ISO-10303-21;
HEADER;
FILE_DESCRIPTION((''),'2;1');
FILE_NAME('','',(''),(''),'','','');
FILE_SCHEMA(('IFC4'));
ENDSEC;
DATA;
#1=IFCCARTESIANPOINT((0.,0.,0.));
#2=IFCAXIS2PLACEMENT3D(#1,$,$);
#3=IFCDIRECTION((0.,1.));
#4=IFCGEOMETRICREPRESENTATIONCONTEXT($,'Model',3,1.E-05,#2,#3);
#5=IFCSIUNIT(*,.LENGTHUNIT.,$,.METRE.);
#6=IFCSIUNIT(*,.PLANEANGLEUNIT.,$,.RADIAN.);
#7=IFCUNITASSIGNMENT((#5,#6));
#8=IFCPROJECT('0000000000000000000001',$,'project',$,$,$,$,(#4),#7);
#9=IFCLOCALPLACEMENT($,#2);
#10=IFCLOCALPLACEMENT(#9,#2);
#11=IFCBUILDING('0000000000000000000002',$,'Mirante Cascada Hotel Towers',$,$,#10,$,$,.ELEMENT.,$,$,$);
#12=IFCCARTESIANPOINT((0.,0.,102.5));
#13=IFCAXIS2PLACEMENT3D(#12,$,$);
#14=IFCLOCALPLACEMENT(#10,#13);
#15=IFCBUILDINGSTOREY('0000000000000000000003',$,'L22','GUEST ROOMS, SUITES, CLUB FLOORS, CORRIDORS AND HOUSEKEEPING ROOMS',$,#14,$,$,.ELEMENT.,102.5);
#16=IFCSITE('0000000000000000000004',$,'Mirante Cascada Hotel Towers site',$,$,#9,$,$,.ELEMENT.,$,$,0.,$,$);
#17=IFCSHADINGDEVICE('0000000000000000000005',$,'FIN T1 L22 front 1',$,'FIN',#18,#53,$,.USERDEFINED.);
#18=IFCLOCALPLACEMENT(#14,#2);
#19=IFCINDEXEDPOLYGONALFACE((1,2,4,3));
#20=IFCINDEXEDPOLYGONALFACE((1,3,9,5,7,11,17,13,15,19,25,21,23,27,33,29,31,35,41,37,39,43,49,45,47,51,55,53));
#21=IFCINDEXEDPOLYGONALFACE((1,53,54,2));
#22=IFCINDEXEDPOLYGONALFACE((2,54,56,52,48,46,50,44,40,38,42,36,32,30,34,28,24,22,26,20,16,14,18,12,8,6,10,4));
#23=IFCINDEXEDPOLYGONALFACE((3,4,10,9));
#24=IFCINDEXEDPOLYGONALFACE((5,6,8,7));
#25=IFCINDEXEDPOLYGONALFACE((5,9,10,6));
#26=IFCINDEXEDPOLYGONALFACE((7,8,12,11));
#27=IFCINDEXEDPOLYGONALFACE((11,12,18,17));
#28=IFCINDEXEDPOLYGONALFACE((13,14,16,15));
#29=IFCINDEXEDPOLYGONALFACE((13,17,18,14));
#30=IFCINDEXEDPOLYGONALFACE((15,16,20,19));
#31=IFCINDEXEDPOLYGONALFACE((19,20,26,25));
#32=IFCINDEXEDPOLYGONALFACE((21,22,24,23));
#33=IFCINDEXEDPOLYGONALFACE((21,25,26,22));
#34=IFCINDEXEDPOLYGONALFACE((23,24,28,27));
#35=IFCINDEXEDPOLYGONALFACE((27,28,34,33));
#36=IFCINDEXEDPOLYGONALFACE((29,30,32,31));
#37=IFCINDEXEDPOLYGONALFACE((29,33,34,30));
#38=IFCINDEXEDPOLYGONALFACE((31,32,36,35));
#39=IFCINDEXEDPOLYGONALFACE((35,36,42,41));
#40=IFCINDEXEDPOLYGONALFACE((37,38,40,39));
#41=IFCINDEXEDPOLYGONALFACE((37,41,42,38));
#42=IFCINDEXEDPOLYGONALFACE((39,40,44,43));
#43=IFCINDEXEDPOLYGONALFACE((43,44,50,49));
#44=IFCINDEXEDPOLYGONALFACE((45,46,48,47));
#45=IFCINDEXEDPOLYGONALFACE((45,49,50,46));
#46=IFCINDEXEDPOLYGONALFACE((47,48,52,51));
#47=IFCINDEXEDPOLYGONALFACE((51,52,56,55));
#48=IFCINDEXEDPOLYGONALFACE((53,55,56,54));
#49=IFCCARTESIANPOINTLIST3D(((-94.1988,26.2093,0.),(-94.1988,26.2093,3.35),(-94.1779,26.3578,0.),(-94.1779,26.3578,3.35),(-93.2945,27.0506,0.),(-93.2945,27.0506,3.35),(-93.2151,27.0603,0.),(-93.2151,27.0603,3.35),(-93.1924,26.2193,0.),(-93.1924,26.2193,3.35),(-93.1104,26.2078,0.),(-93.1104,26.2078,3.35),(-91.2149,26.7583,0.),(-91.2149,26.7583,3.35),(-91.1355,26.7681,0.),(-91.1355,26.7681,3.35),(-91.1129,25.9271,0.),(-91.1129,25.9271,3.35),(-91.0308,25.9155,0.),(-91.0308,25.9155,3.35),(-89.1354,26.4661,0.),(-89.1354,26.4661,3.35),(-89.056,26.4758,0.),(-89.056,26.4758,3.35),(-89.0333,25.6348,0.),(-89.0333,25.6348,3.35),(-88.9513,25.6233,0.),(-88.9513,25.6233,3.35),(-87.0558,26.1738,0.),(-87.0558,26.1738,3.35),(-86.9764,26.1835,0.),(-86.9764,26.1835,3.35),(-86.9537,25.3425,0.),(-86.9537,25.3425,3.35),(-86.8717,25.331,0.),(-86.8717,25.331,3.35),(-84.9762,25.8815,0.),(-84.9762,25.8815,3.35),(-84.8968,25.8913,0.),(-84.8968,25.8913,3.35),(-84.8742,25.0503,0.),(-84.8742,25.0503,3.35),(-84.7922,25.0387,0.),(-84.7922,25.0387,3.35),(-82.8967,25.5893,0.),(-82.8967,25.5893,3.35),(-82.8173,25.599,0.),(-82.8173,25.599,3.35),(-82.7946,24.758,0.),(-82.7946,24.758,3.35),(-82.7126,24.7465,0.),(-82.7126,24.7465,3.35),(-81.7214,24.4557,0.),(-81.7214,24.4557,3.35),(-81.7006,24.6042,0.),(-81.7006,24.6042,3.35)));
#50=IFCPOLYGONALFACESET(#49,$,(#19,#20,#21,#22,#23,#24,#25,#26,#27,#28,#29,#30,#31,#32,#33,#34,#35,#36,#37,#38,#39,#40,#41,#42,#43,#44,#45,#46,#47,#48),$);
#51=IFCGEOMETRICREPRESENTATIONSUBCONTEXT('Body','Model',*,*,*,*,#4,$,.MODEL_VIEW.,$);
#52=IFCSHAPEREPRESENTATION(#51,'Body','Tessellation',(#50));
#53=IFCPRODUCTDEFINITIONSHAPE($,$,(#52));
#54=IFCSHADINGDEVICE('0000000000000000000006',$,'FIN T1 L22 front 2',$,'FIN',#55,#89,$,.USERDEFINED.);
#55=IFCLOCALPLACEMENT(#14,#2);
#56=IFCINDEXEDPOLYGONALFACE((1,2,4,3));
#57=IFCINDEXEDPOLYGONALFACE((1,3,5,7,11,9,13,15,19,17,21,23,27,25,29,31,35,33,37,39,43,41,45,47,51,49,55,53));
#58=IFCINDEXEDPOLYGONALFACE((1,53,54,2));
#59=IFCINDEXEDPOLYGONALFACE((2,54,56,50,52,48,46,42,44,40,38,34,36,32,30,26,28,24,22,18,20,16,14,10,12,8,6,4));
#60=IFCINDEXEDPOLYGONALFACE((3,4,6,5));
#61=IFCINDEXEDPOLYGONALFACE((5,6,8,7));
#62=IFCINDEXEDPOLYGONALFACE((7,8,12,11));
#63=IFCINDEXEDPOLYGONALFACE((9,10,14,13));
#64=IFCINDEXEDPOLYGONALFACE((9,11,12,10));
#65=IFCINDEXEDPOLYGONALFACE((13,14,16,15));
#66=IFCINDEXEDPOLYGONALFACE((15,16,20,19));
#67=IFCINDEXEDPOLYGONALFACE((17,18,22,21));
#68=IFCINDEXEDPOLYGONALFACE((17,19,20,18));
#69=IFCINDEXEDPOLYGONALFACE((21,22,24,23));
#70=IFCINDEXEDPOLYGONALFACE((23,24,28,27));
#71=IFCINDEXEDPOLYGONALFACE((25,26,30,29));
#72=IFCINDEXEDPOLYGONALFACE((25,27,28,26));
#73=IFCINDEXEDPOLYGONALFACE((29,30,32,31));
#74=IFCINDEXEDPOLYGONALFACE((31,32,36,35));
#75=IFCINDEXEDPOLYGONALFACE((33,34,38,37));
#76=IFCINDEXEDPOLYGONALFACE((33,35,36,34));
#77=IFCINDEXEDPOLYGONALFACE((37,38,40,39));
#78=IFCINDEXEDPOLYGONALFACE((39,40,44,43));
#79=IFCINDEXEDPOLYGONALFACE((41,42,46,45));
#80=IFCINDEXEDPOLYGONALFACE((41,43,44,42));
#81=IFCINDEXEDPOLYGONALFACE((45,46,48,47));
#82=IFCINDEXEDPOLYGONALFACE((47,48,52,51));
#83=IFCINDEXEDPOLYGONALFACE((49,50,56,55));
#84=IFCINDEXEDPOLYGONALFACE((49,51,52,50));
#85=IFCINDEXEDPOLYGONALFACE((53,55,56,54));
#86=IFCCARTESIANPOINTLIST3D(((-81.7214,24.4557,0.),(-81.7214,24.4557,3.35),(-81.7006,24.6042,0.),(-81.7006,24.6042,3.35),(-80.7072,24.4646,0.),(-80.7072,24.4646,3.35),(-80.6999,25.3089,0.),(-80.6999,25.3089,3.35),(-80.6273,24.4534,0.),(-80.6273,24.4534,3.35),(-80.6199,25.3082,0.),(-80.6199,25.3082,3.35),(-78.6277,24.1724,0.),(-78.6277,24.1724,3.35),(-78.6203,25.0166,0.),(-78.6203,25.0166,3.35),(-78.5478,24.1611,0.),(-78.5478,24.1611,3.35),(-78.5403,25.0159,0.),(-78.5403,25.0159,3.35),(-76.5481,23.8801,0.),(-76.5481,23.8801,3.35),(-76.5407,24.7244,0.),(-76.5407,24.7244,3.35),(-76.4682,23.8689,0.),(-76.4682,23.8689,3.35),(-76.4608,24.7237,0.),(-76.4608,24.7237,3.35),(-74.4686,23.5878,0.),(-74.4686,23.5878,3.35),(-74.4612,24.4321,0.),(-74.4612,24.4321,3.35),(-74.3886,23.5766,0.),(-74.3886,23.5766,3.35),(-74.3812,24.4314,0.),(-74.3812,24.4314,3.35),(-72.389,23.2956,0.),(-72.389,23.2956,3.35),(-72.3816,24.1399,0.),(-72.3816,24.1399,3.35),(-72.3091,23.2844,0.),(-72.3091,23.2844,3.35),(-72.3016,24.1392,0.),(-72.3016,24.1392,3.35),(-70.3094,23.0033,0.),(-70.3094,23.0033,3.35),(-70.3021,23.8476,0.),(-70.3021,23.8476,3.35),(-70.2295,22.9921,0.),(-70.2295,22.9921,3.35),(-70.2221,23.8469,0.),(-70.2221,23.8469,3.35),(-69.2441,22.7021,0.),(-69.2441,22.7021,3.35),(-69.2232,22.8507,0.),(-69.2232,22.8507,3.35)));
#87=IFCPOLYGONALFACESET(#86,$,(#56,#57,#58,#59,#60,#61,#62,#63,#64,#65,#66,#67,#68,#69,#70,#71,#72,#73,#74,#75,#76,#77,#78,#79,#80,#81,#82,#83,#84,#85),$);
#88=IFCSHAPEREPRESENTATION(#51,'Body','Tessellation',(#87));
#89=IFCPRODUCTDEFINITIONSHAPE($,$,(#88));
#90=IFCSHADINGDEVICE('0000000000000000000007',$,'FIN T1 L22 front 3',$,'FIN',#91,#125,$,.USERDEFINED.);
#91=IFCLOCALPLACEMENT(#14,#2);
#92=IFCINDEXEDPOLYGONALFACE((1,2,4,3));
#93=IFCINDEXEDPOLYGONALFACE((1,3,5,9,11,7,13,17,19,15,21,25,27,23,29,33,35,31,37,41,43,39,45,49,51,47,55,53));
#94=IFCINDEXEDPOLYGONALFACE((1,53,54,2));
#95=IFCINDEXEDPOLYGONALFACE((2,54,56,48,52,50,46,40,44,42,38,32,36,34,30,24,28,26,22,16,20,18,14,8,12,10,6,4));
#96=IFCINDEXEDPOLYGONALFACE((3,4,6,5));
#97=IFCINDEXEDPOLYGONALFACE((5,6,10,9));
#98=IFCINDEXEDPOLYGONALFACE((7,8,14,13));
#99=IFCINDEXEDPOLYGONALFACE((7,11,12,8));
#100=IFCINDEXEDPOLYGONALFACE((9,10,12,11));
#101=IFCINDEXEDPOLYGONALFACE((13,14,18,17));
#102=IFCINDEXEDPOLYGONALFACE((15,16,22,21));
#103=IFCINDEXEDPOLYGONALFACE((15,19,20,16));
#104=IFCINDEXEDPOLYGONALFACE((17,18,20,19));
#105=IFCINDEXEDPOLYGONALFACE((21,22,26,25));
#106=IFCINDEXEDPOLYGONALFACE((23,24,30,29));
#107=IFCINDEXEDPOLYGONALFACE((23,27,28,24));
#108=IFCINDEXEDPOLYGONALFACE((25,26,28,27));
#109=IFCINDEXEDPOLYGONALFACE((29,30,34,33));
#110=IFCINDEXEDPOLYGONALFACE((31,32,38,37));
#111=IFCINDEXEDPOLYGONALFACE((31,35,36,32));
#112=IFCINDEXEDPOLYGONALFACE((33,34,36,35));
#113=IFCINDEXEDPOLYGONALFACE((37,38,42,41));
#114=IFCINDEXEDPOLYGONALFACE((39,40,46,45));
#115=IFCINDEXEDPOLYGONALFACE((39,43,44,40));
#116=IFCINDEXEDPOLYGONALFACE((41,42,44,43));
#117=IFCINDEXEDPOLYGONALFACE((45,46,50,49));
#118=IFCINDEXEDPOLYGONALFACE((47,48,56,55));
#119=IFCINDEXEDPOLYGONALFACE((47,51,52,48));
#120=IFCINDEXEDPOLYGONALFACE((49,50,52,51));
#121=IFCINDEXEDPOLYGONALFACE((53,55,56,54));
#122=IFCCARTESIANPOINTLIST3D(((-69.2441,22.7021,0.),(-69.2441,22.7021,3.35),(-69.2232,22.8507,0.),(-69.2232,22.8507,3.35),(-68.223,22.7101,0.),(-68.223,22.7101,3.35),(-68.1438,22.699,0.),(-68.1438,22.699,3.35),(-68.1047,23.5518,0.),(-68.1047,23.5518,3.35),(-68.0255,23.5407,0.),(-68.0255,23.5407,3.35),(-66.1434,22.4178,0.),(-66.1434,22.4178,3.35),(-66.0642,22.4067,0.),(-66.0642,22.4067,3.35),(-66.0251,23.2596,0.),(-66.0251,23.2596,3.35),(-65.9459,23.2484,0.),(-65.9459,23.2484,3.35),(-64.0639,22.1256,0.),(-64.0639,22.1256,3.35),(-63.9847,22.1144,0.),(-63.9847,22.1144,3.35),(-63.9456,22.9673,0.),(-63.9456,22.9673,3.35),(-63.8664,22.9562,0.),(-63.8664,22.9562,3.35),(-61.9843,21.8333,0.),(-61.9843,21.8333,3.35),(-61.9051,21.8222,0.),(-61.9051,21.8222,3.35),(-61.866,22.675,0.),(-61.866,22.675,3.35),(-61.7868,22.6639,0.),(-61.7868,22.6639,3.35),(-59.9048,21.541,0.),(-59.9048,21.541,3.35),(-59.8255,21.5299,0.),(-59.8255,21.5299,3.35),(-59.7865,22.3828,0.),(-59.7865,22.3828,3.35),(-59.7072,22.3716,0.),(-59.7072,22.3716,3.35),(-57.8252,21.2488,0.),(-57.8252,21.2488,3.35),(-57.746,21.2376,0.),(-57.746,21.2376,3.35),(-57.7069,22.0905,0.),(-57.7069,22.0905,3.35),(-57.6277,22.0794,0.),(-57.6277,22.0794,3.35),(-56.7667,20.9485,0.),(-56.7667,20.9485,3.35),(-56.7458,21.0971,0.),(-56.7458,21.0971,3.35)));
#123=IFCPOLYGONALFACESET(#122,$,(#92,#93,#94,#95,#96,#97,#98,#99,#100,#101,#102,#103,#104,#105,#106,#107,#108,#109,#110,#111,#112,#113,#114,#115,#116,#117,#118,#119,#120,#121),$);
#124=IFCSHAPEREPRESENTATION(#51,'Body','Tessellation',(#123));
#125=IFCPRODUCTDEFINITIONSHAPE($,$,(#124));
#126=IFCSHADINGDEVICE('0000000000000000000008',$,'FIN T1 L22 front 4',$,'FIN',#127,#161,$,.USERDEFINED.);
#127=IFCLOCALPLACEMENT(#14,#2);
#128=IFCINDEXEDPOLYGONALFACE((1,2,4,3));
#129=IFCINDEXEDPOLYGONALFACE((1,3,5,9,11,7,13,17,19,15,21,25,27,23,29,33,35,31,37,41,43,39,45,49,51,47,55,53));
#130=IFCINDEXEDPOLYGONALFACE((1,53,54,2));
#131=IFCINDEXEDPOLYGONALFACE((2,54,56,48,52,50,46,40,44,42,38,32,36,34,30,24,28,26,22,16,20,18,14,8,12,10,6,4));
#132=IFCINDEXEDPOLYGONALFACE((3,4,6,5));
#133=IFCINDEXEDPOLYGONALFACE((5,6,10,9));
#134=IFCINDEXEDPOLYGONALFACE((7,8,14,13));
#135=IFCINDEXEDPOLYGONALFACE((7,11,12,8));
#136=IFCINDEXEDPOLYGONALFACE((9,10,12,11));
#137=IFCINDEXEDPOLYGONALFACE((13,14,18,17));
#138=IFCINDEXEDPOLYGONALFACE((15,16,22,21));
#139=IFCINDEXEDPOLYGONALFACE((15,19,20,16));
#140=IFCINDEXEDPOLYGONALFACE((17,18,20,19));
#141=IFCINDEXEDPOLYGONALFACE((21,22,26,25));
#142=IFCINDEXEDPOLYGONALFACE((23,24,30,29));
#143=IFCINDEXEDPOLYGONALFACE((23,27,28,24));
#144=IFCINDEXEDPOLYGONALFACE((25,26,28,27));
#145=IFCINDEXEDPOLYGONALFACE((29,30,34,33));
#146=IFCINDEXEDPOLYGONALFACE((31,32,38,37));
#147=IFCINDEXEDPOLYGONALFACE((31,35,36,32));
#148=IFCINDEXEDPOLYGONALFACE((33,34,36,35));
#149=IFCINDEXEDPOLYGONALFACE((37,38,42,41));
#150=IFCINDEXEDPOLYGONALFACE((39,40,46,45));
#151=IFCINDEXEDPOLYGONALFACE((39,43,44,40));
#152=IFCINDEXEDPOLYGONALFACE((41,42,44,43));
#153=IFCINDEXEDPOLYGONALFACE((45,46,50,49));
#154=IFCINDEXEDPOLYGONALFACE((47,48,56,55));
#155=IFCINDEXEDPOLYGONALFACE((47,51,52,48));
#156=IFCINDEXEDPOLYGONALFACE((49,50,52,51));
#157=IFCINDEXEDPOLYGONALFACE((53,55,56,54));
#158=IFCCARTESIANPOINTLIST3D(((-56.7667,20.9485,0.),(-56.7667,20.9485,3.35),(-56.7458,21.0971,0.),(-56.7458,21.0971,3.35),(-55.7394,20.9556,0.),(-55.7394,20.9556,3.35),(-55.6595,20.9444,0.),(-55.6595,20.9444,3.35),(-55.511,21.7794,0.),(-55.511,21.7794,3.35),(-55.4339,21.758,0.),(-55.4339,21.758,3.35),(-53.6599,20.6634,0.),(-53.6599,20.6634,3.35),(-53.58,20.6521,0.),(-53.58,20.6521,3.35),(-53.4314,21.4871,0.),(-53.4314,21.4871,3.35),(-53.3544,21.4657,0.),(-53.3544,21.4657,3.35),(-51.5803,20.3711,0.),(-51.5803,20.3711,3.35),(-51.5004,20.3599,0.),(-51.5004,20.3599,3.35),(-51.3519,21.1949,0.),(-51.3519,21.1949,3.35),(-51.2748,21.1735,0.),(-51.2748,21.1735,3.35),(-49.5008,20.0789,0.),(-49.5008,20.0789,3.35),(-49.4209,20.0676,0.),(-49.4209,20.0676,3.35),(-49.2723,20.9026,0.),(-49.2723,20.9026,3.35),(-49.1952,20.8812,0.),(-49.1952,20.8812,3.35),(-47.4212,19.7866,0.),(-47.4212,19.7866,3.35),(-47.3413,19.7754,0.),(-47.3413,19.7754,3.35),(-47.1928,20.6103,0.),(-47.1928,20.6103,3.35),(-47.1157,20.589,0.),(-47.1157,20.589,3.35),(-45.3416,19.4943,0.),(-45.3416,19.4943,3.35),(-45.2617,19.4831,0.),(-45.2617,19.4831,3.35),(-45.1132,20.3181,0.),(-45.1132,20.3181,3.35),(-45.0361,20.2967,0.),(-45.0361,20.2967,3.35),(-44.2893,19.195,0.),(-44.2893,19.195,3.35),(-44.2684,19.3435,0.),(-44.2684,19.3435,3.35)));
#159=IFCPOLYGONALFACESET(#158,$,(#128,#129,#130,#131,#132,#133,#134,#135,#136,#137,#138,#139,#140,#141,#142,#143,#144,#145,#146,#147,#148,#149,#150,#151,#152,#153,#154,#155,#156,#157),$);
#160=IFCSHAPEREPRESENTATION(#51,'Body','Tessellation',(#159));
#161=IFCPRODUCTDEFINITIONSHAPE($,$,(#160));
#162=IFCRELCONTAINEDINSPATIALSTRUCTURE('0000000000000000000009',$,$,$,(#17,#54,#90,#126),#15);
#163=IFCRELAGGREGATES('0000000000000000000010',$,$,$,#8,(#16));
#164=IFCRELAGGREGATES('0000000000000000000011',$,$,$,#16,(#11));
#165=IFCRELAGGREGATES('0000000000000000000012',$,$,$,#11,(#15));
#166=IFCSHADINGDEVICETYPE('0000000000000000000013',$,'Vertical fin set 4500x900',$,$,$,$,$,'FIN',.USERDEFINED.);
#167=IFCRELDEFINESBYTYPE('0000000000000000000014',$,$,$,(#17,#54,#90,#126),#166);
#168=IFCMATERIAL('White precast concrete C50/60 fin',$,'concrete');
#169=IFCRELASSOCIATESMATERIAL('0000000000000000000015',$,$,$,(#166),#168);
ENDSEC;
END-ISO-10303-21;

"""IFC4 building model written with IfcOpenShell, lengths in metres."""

from ifc_helpers import new_model, si_unit, direction, frame, origin, place, context, subcontext, project, spatial, polyline, outline, extrude, material, type_object, element, save


model = new_model("IFC4")

# Units and contexts
model_context = context("Model", 3, precision=1e-05, world=origin(), true_north=direction((0.0, 1.0)))
body_context = subcontext(model_context, "Body", "Model", "MODEL_VIEW")
ifc_project = project(units=[si_unit("LENGTHUNIT", "METRE"), si_unit("PLANEANGLEUNIT", "RADIAN")], contexts=[model_context])

# Site, building, storey
site_placement = place(None, origin())
site = spatial("IfcSite", under=ifc_project, at=site_placement, Name="Mirante Cascada Hotel Towers site", CompositionType="ELEMENT", RefElevation=0.0)
building_placement = place(site_placement, origin())
building = spatial("IfcBuilding", under=site, at=building_placement, Name="Mirante Cascada Hotel Towers", CompositionType="ELEMENT")
storey_placement = place(building_placement, frame((0.0, 0.0, 102.5)))
storey = spatial("IfcBuildingStorey", under=building, at=storey_placement, Name="L22", Description="GUEST ROOMS, SUITES, CLUB FLOORS, CORRIDORS AND HOUSEKEEPING ROOMS", CompositionType="ELEMENT", Elevation=102.5)

# Shading devices
ifc_material_1 = material(Name="White precast concrete C50/60 fin", Category="concrete")
shading_device_type = type_object("IfcShadingDeviceType", Name="Vertical fin set 4500x900", ElementType="FIN", PredefinedType="USERDEFINED", material=ifc_material_1)
shading_device_1_placement = place(storey_placement, origin())
element("IfcShadingDevice", 1, at=shading_device_1_placement, inside=storey, type_object=shading_device_type, Name="FIN T1 L22 front 1", ObjectType="FIN", PredefinedType="USERDEFINED", context=body_context, shape_type="SweptSolid", body=[
    extrude(outline(polyline([(-82.8173, 25.599), (-82.7126, 24.7465), (-81.7006, 24.6042), (-81.7214, 24.4557), (-94.1988, 26.2093), (-94.1779, 26.3578), (-93.1924, 26.2193), (-93.2945, 27.0506), (-93.2151, 27.0603), (-93.1104, 26.2078), (-91.1129, 25.9271), (-91.2149, 26.7583), (-91.1355, 26.7681), (-91.0308, 25.9155), (-89.0333, 25.6348), (-89.1354, 26.4661), (-89.056, 26.4758), (-88.9513, 25.6233), (-86.9537, 25.3425), (-87.0558, 26.1738), (-86.9764, 26.1835), (-86.8717, 25.331), (-84.8742, 25.0503), (-84.9762, 25.8815), (-84.8968, 25.8913), (-84.7922, 25.0387), (-82.7946, 24.758), (-82.8967, 25.5893), (-82.8173, 25.599)])), origin(), (0.0, 0.0, 1.0), 3.35),
])
shading_device_2_placement = place(storey_placement, origin())
element("IfcShadingDevice", 2, at=shading_device_2_placement, inside=storey, type_object=shading_device_type, Name="FIN T1 L22 front 2", ObjectType="FIN", PredefinedType="USERDEFINED", context=body_context, shape_type="SweptSolid", body=[
    extrude(outline(polyline([(-70.2221, 23.8469), (-70.2295, 22.9921), (-69.2232, 22.8507), (-69.2441, 22.7021), (-81.7214, 24.4557), (-81.7006, 24.6042), (-80.7072, 24.4646), (-80.6999, 25.3089), (-80.6199, 25.3082), (-80.6273, 24.4534), (-78.6277, 24.1724), (-78.6203, 25.0166), (-78.5403, 25.0159), (-78.5478, 24.1611), (-76.5481, 23.8801), (-76.5407, 24.7244), (-76.4608, 24.7237), (-76.4682, 23.8689), (-74.4686, 23.5878), (-74.4612, 24.4321), (-74.3812, 24.4314), (-74.3886, 23.5766), (-72.389, 23.2956), (-72.3816, 24.1399), (-72.3016, 24.1392), (-72.3091, 23.2844), (-70.3094, 23.0033), (-70.3021, 23.8476), (-70.2221, 23.8469)])), origin(), (0.0, 0.0, 1.0), 3.35),
])
shading_device_3_placement = place(storey_placement, origin())
element("IfcShadingDevice", 3, at=shading_device_3_placement, inside=storey, type_object=shading_device_type, Name="FIN T1 L22 front 3", ObjectType="FIN", PredefinedType="USERDEFINED", context=body_context, shape_type="SweptSolid", body=[
    extrude(outline(polyline([(-57.6277, 22.0794), (-57.746, 21.2376), (-56.7458, 21.0971), (-56.7667, 20.9485), (-69.2441, 22.7021), (-69.2232, 22.8507), (-68.223, 22.7101), (-68.1047, 23.5518), (-68.0255, 23.5407), (-68.1438, 22.699), (-66.1434, 22.4178), (-66.0251, 23.2596), (-65.9459, 23.2484), (-66.0642, 22.4067), (-64.0639, 22.1256), (-63.9456, 22.9673), (-63.8664, 22.9562), (-63.9847, 22.1144), (-61.9843, 21.8333), (-61.866, 22.675), (-61.7868, 22.6639), (-61.9051, 21.8222), (-59.9048, 21.541), (-59.7865, 22.3828), (-59.7072, 22.3716), (-59.8255, 21.5299), (-57.8252, 21.2488), (-57.7069, 22.0905), (-57.6277, 22.0794)])), origin(), (0.0, 0.0, 1.0), 3.35),
])
shading_device_4_placement = place(storey_placement, origin())
element("IfcShadingDevice", 4, at=shading_device_4_placement, inside=storey, type_object=shading_device_type, Name="FIN T1 L22 front 4", ObjectType="FIN", PredefinedType="USERDEFINED", context=body_context, shape_type="SweptSolid", body=[
    extrude(outline(polyline([(-45.0361, 20.2967), (-45.2617, 19.4831), (-44.2684, 19.3435), (-44.2893, 19.195), (-56.7667, 20.9485), (-56.7458, 21.0971), (-55.7394, 20.9556), (-55.511, 21.7794), (-55.4339, 21.758), (-55.6595, 20.9444), (-53.6599, 20.6634), (-53.4314, 21.4871), (-53.3544, 21.4657), (-53.58, 20.6521), (-51.5803, 20.3711), (-51.3519, 21.1949), (-51.2748, 21.1735), (-51.5004, 20.3599), (-49.5008, 20.0789), (-49.2723, 20.9026), (-49.1952, 20.8812), (-49.4209, 20.0676), (-47.4212, 19.7866), (-47.1928, 20.6103), (-47.1157, 20.589), (-47.3413, 19.7754), (-45.3416, 19.4943), (-45.1132, 20.3181), (-45.0361, 20.2967)])), origin(), (0.0, 0.0, 1.0), 3.35),
])

save(model, "model.ifc")
